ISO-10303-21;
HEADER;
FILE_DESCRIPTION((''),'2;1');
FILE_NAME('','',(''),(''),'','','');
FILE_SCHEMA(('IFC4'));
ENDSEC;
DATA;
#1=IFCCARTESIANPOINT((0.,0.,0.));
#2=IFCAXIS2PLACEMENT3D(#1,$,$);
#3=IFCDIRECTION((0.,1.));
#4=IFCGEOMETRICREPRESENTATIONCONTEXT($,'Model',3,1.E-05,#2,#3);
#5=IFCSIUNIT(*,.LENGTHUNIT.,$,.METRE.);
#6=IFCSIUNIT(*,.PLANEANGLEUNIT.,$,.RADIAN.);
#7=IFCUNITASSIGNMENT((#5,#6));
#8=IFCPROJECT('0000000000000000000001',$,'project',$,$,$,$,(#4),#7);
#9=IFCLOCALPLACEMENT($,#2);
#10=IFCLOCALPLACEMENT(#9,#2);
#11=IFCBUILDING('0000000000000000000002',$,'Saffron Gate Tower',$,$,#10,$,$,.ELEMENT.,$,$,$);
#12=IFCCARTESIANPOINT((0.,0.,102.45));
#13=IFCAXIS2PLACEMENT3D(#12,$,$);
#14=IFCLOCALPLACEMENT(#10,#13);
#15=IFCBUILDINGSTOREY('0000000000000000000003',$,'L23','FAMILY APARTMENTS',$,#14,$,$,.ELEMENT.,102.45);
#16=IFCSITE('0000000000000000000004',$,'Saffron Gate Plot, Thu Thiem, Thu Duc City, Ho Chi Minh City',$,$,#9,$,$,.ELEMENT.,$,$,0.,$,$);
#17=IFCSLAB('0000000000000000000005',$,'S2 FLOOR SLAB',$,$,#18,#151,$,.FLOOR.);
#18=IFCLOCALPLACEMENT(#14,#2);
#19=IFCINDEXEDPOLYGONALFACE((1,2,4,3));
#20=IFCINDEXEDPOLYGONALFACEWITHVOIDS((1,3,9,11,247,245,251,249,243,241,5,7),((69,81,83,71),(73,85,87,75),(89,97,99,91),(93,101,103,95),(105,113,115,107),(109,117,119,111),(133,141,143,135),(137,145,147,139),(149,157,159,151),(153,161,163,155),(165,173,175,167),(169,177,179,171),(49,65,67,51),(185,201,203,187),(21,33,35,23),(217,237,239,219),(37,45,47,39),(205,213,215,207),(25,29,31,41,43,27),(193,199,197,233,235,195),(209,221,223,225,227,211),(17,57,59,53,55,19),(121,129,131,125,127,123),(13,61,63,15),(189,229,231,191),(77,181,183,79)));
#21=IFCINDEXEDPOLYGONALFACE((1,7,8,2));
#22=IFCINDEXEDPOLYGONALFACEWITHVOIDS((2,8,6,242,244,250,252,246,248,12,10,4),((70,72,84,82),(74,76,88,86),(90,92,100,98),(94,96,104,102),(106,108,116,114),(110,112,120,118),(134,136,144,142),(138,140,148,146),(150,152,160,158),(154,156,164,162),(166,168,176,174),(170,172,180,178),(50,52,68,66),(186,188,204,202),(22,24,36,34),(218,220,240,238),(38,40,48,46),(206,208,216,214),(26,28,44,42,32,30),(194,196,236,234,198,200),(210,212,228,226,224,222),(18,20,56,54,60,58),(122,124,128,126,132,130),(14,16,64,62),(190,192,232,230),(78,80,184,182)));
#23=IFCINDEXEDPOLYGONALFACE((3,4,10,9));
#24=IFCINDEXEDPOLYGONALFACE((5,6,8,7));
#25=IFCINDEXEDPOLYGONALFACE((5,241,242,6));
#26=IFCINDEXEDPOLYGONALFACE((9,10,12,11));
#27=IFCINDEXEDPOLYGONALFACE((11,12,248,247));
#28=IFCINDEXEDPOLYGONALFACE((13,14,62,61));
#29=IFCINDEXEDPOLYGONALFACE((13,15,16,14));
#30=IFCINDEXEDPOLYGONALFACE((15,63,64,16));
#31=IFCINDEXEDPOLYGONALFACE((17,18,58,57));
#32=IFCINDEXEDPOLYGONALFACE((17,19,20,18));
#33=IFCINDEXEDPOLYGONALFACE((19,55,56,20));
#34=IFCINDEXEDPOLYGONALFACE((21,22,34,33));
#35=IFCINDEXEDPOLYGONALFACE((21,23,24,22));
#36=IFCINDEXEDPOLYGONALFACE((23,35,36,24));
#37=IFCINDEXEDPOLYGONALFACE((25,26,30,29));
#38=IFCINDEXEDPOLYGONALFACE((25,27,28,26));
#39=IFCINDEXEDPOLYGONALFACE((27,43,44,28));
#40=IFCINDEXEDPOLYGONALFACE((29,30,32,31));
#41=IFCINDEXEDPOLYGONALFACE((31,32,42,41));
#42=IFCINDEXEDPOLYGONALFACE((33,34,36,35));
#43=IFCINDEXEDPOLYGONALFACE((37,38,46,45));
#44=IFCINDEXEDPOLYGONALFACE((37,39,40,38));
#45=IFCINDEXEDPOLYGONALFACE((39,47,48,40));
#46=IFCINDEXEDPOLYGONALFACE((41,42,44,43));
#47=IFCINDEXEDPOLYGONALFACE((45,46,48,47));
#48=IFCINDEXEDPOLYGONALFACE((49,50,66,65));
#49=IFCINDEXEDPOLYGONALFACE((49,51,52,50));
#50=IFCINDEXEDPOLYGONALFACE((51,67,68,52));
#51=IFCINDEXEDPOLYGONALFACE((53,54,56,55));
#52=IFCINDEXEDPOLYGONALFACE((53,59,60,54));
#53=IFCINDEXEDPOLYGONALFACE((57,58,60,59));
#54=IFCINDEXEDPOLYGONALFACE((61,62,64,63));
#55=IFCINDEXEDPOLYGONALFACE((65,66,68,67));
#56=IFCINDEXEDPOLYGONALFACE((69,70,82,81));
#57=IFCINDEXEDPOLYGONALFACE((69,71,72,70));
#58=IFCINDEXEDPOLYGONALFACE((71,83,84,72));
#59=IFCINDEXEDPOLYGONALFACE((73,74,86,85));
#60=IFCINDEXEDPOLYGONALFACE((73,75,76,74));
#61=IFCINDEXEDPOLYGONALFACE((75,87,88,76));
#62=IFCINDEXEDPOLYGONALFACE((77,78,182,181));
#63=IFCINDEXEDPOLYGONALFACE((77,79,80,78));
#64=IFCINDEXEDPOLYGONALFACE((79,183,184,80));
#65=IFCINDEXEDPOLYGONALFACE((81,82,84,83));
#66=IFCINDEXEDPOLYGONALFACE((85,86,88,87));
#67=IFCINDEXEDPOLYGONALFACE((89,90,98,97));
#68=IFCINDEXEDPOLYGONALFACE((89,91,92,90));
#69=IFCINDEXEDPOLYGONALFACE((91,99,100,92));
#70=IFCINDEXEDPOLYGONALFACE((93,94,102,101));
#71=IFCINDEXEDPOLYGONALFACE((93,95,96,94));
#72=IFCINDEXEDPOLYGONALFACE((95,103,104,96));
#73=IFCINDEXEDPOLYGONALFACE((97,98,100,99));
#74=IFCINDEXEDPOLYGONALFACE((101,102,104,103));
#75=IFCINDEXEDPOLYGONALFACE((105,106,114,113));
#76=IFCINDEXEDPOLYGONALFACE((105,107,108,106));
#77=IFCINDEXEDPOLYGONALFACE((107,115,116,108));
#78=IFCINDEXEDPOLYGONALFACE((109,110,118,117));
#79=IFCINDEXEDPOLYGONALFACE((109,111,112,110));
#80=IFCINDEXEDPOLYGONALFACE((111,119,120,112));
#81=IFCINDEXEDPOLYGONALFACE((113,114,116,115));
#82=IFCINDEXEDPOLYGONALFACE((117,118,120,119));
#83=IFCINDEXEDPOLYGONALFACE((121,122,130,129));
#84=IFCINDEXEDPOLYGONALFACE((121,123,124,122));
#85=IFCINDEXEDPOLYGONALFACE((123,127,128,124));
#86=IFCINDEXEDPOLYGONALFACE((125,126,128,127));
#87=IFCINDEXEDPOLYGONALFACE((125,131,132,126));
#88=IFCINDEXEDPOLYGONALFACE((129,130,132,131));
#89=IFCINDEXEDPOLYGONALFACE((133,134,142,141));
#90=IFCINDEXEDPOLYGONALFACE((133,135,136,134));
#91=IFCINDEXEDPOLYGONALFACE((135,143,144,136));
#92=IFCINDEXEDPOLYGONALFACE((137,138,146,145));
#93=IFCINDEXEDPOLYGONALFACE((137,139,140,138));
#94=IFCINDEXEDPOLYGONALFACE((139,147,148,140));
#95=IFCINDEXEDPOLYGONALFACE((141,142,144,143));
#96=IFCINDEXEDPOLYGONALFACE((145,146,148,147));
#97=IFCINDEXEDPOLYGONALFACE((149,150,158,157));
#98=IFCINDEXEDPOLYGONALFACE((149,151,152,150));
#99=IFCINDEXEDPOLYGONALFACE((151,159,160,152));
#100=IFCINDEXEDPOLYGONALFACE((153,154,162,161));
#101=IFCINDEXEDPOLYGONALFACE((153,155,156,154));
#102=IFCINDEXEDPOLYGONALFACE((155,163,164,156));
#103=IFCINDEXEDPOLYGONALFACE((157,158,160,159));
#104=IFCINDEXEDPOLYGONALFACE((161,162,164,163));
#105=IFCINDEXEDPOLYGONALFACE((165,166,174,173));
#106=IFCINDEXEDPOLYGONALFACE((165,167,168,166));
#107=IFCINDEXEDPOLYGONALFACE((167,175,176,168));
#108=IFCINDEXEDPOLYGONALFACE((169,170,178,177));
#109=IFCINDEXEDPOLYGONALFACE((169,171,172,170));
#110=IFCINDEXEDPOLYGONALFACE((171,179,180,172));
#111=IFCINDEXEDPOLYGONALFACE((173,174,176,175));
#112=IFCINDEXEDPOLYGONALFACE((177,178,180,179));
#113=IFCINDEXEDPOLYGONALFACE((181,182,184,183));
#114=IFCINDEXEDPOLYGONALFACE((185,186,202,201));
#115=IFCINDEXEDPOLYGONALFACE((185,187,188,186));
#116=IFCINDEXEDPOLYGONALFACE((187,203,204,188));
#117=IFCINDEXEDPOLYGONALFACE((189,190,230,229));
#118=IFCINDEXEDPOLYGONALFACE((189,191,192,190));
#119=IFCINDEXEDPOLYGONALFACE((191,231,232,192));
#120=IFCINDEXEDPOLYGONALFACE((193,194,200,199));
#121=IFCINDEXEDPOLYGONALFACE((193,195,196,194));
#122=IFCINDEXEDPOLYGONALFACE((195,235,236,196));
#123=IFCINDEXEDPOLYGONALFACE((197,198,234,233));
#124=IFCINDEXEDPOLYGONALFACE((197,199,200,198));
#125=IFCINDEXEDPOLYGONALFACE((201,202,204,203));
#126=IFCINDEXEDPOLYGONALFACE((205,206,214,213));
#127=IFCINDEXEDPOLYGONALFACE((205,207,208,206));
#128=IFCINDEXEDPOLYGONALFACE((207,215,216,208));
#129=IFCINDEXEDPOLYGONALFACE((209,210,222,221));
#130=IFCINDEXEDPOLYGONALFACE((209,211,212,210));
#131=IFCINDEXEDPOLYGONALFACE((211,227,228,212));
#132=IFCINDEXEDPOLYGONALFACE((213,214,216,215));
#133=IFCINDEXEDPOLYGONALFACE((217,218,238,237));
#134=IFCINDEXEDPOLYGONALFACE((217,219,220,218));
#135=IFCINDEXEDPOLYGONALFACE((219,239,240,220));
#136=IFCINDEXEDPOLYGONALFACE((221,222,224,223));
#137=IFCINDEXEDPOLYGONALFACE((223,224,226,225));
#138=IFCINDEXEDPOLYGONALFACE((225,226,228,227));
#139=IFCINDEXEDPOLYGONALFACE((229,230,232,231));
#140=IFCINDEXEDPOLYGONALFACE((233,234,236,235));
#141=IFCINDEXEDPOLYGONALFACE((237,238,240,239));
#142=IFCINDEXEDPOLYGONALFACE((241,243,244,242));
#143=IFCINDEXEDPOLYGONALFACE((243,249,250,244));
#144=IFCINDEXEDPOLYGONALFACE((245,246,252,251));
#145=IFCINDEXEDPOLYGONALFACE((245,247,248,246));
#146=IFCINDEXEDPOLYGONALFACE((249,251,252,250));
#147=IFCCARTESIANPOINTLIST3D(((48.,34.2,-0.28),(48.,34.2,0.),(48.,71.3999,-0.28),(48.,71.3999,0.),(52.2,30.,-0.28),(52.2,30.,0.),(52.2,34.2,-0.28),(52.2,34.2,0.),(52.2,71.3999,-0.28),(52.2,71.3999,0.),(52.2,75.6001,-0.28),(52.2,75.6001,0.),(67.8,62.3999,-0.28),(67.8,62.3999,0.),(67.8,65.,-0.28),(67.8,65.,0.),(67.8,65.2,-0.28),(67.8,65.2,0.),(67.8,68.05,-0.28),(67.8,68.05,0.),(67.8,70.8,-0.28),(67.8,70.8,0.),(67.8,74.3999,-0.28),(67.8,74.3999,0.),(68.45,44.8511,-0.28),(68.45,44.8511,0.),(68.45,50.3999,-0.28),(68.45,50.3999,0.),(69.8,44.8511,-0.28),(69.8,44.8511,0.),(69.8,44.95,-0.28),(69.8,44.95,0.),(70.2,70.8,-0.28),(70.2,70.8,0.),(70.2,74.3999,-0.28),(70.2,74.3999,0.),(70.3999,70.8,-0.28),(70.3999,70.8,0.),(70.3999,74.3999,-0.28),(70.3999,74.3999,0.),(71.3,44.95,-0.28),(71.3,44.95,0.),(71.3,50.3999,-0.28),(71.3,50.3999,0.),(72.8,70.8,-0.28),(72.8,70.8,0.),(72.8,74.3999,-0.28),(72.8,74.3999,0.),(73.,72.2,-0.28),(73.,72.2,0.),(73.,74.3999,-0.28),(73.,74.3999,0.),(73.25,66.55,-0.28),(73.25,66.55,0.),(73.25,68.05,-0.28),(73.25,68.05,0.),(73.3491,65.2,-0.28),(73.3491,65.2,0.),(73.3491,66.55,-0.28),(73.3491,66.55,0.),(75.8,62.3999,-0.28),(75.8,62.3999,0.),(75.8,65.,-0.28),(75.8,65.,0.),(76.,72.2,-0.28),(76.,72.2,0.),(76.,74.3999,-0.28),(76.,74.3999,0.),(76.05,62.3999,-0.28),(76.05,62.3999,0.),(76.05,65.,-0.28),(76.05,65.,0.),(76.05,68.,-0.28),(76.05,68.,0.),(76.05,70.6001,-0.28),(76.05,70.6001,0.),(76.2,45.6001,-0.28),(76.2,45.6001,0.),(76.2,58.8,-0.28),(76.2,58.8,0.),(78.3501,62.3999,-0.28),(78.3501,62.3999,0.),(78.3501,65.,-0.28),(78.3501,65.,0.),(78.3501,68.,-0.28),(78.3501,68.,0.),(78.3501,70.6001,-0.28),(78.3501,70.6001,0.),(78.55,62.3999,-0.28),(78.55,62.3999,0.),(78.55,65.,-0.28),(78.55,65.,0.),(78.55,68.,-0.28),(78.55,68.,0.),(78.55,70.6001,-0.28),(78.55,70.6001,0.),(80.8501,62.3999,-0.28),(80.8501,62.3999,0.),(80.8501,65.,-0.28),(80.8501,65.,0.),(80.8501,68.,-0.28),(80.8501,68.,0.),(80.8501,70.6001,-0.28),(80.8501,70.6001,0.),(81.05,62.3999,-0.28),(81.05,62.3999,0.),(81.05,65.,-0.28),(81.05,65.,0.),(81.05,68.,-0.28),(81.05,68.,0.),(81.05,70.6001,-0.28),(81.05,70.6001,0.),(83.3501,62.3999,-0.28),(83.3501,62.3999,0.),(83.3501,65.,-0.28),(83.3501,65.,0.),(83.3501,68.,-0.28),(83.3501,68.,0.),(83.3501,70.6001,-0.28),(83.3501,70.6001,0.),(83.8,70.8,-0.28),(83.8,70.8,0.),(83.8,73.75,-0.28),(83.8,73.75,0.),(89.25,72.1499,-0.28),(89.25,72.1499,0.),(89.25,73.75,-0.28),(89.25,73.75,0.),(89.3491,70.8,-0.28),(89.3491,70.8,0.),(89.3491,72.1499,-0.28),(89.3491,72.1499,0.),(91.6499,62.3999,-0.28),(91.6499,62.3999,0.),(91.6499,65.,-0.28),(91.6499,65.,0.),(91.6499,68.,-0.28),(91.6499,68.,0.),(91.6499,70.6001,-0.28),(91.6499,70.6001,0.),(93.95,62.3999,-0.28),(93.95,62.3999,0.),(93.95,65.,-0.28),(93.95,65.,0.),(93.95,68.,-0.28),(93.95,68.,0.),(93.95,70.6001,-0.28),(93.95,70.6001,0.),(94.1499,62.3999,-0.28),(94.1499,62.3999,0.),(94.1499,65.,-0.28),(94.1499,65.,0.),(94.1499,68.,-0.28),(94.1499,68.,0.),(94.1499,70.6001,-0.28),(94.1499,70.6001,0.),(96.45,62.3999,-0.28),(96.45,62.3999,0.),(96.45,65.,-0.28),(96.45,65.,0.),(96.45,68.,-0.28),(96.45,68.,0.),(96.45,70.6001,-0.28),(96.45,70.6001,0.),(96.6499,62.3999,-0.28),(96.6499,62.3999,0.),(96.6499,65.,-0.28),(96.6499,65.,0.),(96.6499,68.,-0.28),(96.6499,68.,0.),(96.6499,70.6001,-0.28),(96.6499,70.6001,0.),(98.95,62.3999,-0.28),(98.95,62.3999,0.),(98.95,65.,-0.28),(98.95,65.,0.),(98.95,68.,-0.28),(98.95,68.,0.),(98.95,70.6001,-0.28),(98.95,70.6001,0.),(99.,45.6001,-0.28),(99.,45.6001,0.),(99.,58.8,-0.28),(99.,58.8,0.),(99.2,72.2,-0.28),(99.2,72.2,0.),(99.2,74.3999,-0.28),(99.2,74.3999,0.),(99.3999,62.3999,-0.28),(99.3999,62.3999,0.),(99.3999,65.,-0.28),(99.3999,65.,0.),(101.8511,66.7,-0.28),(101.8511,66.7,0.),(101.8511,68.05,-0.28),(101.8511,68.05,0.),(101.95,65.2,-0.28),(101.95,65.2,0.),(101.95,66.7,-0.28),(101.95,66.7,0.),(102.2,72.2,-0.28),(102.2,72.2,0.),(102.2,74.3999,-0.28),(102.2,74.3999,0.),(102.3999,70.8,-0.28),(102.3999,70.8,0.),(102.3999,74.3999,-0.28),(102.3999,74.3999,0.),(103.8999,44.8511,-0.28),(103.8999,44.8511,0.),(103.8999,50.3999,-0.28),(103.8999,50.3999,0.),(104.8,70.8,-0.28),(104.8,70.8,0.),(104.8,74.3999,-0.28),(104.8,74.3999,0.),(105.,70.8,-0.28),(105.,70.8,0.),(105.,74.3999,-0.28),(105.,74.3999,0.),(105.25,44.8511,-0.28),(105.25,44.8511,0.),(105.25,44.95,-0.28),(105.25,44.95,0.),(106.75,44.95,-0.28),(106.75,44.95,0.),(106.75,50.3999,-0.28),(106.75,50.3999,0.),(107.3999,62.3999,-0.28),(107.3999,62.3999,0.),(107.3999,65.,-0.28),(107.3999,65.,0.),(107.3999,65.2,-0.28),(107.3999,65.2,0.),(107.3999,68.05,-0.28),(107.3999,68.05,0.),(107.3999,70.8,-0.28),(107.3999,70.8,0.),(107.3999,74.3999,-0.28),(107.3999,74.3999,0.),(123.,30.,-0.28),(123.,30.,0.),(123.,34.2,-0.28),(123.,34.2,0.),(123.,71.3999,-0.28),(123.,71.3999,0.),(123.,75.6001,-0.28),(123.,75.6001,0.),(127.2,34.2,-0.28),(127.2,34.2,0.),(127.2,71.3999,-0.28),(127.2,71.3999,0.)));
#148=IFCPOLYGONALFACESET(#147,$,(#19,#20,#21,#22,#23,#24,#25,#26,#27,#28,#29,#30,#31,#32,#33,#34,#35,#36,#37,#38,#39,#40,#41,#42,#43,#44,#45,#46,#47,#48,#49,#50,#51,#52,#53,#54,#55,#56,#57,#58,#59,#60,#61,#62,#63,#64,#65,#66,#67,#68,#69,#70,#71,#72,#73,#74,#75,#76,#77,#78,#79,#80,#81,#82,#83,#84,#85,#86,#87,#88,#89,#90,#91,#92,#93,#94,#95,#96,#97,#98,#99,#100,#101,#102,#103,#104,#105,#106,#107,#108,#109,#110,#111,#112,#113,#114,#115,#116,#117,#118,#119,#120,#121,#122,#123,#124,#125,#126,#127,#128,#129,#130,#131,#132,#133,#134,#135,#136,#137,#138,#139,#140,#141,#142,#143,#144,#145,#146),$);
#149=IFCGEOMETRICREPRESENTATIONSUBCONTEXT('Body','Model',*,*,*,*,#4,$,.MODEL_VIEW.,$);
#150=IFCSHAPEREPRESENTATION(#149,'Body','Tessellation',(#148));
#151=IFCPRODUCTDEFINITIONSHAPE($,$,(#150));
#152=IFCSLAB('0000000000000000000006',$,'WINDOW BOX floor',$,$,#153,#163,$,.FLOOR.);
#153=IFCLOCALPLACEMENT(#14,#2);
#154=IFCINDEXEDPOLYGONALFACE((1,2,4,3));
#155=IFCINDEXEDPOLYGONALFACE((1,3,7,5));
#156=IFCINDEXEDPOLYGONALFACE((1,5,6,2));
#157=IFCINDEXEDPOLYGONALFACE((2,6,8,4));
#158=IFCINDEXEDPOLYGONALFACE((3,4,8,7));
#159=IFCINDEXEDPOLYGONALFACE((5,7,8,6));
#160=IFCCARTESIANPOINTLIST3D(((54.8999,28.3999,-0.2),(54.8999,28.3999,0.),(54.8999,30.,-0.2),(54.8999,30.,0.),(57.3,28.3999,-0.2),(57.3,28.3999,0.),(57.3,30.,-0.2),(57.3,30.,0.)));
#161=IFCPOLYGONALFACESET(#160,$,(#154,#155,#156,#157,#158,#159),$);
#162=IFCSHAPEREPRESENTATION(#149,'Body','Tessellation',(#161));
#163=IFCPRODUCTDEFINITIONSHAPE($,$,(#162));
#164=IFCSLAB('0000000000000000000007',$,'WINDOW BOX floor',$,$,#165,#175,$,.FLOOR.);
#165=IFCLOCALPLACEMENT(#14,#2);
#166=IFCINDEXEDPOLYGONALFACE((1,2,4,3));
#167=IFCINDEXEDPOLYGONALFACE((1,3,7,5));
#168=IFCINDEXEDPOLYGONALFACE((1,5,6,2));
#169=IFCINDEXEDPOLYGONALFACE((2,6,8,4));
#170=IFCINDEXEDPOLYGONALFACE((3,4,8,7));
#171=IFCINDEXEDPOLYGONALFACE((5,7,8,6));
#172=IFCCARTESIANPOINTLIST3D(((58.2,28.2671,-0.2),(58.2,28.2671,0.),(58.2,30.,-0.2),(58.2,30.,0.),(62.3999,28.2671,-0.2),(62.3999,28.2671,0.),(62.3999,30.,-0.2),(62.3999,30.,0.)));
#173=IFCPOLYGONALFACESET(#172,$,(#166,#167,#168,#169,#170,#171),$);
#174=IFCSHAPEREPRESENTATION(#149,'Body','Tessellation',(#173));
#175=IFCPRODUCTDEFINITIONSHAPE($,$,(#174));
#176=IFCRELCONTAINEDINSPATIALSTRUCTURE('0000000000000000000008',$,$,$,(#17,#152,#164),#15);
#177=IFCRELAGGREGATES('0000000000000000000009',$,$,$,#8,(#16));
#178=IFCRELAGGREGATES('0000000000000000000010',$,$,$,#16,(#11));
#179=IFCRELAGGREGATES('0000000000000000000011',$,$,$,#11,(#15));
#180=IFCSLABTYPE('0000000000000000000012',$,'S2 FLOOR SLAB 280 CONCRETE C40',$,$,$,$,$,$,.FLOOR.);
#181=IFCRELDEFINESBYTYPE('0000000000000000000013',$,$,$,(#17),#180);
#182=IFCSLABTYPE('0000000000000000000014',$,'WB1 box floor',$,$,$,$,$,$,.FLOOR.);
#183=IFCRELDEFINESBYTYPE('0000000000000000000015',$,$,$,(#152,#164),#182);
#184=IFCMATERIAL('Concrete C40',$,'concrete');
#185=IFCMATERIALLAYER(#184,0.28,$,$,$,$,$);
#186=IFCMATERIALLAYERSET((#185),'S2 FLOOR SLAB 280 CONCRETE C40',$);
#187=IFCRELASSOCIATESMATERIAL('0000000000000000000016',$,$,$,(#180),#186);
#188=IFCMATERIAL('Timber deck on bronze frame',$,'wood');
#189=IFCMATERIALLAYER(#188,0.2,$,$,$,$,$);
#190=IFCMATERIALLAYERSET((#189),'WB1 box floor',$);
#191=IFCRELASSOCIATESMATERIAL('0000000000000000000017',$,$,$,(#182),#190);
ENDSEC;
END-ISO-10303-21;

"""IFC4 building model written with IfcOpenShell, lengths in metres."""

from ifc_helpers import new_model, si_unit, direction, frame, origin, place, context, subcontext, project, spatial, polyline, outline, extrude, material, layer, layer_set, type_object, element, save


model = new_model("IFC4")

# Units and contexts
model_context = context("Model", 3, precision=1e-05, world=origin(), true_north=direction((0.0, 1.0)))
body_context = subcontext(model_context, "Body", "Model", "MODEL_VIEW")
ifc_project = project(units=[si_unit("LENGTHUNIT", "METRE"), si_unit("PLANEANGLEUNIT", "RADIAN")], contexts=[model_context])

# Site, building, storey
site_placement = place(None, origin())
site = spatial("IfcSite", under=ifc_project, at=site_placement, Name="Saffron Gate Plot, Thu Thiem, Thu Duc City, Ho Chi Minh City", CompositionType="ELEMENT", RefElevation=0.0)
building_placement = place(site_placement, origin())
building = spatial("IfcBuilding", under=site, at=building_placement, Name="Saffron Gate Tower", CompositionType="ELEMENT")
storey_placement = place(building_placement, frame((0.0, 0.0, 102.45)))
storey = spatial("IfcBuildingStorey", under=building, at=storey_placement, Name="L23", Description="FAMILY APARTMENTS", CompositionType="ELEMENT", Elevation=102.45)

# Slabs
ifc_material_1 = material(Name="Concrete C40", Category="concrete")
ifc_layer_1 = layer(ifc_material_1, 0.28)
ifc_layer_set_1 = layer_set([ifc_layer_1], Name="S2 FLOOR SLAB 280 CONCRETE C40")
slab_type_1 = type_object("IfcSlabType", Name="S2 FLOOR SLAB 280 CONCRETE C40", PredefinedType="FLOOR", material=ifc_layer_set_1)
slab_1_placement = place(storey_placement, frame((0.0, 0.0, -0.28)))
element("IfcSlab", 1, at=slab_1_placement, inside=storey, type_object=slab_type_1, Name="S2 FLOOR SLAB", PredefinedType="FLOOR", context=body_context, shape_type="SweptSolid", body=[
    extrude(outline(polyline([(48.0, 34.2), (52.2, 34.2), (52.2, 30.0), (123.0, 30.0), (123.0, 34.2), (127.2, 34.2), (127.2, 71.3999), (123.0, 71.3999), (123.0, 75.6001), (52.2, 75.6001), (52.2, 71.3999), (48.0, 71.3999), (48.0, 34.2)]), holes=[polyline([(67.8, 62.3999), (67.8, 65.0), (75.8, 65.0), (75.8, 62.3999), (67.8, 62.3999)]), polyline([(67.8, 65.2), (67.8, 68.05), (73.25, 68.05), (73.25, 66.55), (73.3491, 66.55), (73.3491, 65.2), (67.8, 65.2)]), polyline([(67.8, 70.8), (67.8, 74.3999), (70.2, 74.3999), (70.2, 70.8), (67.8, 70.8)]), polyline([(68.45, 44.8511), (68.45, 50.3999), (71.3, 50.3999), (71.3, 44.95), (69.8, 44.95), (69.8, 44.8511), (68.45, 44.8511)]), polyline([(70.3999, 70.8), (70.3999, 74.3999), (72.8, 74.3999), (72.8, 70.8), (70.3999, 70.8)]), polyline([(73.0, 72.2), (73.0, 74.3999), (76.0, 74.3999), (76.0, 72.2), (73.0, 72.2)]), polyline([(76.05, 62.3999), (76.05, 65.0), (78.3501, 65.0), (78.3501, 62.3999), (76.05, 62.3999)]), polyline([(76.05, 68.0), (76.05, 70.6001), (78.3501, 70.6001), (78.3501, 68.0), (76.05, 68.0)]), polyline([(76.2, 45.6001), (76.2, 58.8), (99.0, 58.8), (99.0, 45.6001), (76.2, 45.6001)]), polyline([(78.55, 62.3999), (78.55, 65.0), (80.8501, 65.0), (80.8501, 62.3999), (78.55, 62.3999)]), polyline([(78.55, 68.0), (78.55, 70.6001), (80.8501, 70.6001), (80.8501, 68.0), (78.55, 68.0)]), polyline([(81.05, 62.3999), (81.05, 65.0), (83.3501, 65.0), (83.3501, 62.3999), (81.05, 62.3999)]), polyline([(81.05, 68.0), (81.05, 70.6001), (83.3501, 70.6001), (83.3501, 68.0), (81.05, 68.0)]), polyline([(83.8, 70.8), (83.8, 73.75), (89.25, 73.75), (89.25, 72.1499), (89.3491, 72.1499), (89.3491, 70.8), (83.8, 70.8)]), polyline([(91.6499, 62.3999), (91.6499, 65.0), (93.95, 65.0), (93.95, 62.3999), (91.6499, 62.3999)]), polyline([(91.6499, 68.0), (91.6499, 70.6001), (93.95, 70.6001), (93.95, 68.0), (91.6499, 68.0)]), polyline([(94.1499, 62.3999), (94.1499, 65.0), (96.45, 65.0), (96.45, 62.3999), (94.1499, 62.3999)]), polyline([(94.1499, 68.0), (94.1499, 70.6001), (96.45, 70.6001), (96.45, 68.0), (94.1499, 68.0)]), polyline([(96.6499, 62.3999), (96.6499, 65.0), (98.95, 65.0), (98.95, 62.3999), (96.6499, 62.3999)]), polyline([(96.6499, 68.0), (96.6499, 70.6001), (98.95, 70.6001), (98.95, 68.0), (96.6499, 68.0)]), polyline([(99.2, 72.2), (99.2, 74.3999), (102.2, 74.3999), (102.2, 72.2), (99.2, 72.2)]), polyline([(99.3999, 62.3999), (99.3999, 65.0), (107.3999, 65.0), (107.3999, 62.3999), (99.3999, 62.3999)]), polyline([(101.8511, 66.7), (101.8511, 68.05), (107.3999, 68.05), (107.3999, 65.2), (101.95, 65.2), (101.95, 66.7), (101.8511, 66.7)]), polyline([(102.3999, 70.8), (102.3999, 74.3999), (104.8, 74.3999), (104.8, 70.8), (102.3999, 70.8)]), polyline([(103.8999, 44.8511), (103.8999, 50.3999), (106.75, 50.3999), (106.75, 44.95), (105.25, 44.95), (105.25, 44.8511), (103.8999, 44.8511)]), polyline([(105.0, 70.8), (105.0, 74.3999), (107.3999, 74.3999), (107.3999, 70.8), (105.0, 70.8)])]), origin(), (0.0, 0.0, 1.0), 0.28),
])
ifc_material_2 = material(Name="Timber deck on bronze frame", Category="wood")
ifc_layer_2 = layer(ifc_material_2, 0.2)
ifc_layer_set_2 = layer_set([ifc_layer_2], Name="WB1 box floor")
slab_type_2 = type_object("IfcSlabType", Name="WB1 box floor", PredefinedType="FLOOR", material=ifc_layer_set_2)
slab_2_placement = place(storey_placement, frame((0.0, 0.0, -0.2)))
element("IfcSlab", 2, at=slab_2_placement, inside=storey, type_object=slab_type_2, Name="WINDOW BOX floor", PredefinedType="FLOOR", context=body_context, shape_type="SweptSolid", body=[
    extrude(outline(polyline([(54.8999, 30.0), (57.3, 30.0), (57.3, 28.3999), (54.8999, 28.3999), (54.8999, 30.0)])), origin(), (0.0, 0.0, 1.0), 0.2),
])
slab_3_placement = place(storey_placement, frame((0.0, 0.0, -0.2)))
element("IfcSlab", 3, at=slab_3_placement, inside=storey, type_object=slab_type_2, Name="WINDOW BOX floor", PredefinedType="FLOOR", context=body_context, shape_type="SweptSolid", body=[
    extrude(outline(polyline([(58.2, 30.0), (62.3999, 30.0), (62.3999, 28.2671), (58.2, 28.2671), (58.2, 30.0)])), origin(), (0.0, 0.0, 1.0), 0.2),
])

save(model, "model.ifc")
